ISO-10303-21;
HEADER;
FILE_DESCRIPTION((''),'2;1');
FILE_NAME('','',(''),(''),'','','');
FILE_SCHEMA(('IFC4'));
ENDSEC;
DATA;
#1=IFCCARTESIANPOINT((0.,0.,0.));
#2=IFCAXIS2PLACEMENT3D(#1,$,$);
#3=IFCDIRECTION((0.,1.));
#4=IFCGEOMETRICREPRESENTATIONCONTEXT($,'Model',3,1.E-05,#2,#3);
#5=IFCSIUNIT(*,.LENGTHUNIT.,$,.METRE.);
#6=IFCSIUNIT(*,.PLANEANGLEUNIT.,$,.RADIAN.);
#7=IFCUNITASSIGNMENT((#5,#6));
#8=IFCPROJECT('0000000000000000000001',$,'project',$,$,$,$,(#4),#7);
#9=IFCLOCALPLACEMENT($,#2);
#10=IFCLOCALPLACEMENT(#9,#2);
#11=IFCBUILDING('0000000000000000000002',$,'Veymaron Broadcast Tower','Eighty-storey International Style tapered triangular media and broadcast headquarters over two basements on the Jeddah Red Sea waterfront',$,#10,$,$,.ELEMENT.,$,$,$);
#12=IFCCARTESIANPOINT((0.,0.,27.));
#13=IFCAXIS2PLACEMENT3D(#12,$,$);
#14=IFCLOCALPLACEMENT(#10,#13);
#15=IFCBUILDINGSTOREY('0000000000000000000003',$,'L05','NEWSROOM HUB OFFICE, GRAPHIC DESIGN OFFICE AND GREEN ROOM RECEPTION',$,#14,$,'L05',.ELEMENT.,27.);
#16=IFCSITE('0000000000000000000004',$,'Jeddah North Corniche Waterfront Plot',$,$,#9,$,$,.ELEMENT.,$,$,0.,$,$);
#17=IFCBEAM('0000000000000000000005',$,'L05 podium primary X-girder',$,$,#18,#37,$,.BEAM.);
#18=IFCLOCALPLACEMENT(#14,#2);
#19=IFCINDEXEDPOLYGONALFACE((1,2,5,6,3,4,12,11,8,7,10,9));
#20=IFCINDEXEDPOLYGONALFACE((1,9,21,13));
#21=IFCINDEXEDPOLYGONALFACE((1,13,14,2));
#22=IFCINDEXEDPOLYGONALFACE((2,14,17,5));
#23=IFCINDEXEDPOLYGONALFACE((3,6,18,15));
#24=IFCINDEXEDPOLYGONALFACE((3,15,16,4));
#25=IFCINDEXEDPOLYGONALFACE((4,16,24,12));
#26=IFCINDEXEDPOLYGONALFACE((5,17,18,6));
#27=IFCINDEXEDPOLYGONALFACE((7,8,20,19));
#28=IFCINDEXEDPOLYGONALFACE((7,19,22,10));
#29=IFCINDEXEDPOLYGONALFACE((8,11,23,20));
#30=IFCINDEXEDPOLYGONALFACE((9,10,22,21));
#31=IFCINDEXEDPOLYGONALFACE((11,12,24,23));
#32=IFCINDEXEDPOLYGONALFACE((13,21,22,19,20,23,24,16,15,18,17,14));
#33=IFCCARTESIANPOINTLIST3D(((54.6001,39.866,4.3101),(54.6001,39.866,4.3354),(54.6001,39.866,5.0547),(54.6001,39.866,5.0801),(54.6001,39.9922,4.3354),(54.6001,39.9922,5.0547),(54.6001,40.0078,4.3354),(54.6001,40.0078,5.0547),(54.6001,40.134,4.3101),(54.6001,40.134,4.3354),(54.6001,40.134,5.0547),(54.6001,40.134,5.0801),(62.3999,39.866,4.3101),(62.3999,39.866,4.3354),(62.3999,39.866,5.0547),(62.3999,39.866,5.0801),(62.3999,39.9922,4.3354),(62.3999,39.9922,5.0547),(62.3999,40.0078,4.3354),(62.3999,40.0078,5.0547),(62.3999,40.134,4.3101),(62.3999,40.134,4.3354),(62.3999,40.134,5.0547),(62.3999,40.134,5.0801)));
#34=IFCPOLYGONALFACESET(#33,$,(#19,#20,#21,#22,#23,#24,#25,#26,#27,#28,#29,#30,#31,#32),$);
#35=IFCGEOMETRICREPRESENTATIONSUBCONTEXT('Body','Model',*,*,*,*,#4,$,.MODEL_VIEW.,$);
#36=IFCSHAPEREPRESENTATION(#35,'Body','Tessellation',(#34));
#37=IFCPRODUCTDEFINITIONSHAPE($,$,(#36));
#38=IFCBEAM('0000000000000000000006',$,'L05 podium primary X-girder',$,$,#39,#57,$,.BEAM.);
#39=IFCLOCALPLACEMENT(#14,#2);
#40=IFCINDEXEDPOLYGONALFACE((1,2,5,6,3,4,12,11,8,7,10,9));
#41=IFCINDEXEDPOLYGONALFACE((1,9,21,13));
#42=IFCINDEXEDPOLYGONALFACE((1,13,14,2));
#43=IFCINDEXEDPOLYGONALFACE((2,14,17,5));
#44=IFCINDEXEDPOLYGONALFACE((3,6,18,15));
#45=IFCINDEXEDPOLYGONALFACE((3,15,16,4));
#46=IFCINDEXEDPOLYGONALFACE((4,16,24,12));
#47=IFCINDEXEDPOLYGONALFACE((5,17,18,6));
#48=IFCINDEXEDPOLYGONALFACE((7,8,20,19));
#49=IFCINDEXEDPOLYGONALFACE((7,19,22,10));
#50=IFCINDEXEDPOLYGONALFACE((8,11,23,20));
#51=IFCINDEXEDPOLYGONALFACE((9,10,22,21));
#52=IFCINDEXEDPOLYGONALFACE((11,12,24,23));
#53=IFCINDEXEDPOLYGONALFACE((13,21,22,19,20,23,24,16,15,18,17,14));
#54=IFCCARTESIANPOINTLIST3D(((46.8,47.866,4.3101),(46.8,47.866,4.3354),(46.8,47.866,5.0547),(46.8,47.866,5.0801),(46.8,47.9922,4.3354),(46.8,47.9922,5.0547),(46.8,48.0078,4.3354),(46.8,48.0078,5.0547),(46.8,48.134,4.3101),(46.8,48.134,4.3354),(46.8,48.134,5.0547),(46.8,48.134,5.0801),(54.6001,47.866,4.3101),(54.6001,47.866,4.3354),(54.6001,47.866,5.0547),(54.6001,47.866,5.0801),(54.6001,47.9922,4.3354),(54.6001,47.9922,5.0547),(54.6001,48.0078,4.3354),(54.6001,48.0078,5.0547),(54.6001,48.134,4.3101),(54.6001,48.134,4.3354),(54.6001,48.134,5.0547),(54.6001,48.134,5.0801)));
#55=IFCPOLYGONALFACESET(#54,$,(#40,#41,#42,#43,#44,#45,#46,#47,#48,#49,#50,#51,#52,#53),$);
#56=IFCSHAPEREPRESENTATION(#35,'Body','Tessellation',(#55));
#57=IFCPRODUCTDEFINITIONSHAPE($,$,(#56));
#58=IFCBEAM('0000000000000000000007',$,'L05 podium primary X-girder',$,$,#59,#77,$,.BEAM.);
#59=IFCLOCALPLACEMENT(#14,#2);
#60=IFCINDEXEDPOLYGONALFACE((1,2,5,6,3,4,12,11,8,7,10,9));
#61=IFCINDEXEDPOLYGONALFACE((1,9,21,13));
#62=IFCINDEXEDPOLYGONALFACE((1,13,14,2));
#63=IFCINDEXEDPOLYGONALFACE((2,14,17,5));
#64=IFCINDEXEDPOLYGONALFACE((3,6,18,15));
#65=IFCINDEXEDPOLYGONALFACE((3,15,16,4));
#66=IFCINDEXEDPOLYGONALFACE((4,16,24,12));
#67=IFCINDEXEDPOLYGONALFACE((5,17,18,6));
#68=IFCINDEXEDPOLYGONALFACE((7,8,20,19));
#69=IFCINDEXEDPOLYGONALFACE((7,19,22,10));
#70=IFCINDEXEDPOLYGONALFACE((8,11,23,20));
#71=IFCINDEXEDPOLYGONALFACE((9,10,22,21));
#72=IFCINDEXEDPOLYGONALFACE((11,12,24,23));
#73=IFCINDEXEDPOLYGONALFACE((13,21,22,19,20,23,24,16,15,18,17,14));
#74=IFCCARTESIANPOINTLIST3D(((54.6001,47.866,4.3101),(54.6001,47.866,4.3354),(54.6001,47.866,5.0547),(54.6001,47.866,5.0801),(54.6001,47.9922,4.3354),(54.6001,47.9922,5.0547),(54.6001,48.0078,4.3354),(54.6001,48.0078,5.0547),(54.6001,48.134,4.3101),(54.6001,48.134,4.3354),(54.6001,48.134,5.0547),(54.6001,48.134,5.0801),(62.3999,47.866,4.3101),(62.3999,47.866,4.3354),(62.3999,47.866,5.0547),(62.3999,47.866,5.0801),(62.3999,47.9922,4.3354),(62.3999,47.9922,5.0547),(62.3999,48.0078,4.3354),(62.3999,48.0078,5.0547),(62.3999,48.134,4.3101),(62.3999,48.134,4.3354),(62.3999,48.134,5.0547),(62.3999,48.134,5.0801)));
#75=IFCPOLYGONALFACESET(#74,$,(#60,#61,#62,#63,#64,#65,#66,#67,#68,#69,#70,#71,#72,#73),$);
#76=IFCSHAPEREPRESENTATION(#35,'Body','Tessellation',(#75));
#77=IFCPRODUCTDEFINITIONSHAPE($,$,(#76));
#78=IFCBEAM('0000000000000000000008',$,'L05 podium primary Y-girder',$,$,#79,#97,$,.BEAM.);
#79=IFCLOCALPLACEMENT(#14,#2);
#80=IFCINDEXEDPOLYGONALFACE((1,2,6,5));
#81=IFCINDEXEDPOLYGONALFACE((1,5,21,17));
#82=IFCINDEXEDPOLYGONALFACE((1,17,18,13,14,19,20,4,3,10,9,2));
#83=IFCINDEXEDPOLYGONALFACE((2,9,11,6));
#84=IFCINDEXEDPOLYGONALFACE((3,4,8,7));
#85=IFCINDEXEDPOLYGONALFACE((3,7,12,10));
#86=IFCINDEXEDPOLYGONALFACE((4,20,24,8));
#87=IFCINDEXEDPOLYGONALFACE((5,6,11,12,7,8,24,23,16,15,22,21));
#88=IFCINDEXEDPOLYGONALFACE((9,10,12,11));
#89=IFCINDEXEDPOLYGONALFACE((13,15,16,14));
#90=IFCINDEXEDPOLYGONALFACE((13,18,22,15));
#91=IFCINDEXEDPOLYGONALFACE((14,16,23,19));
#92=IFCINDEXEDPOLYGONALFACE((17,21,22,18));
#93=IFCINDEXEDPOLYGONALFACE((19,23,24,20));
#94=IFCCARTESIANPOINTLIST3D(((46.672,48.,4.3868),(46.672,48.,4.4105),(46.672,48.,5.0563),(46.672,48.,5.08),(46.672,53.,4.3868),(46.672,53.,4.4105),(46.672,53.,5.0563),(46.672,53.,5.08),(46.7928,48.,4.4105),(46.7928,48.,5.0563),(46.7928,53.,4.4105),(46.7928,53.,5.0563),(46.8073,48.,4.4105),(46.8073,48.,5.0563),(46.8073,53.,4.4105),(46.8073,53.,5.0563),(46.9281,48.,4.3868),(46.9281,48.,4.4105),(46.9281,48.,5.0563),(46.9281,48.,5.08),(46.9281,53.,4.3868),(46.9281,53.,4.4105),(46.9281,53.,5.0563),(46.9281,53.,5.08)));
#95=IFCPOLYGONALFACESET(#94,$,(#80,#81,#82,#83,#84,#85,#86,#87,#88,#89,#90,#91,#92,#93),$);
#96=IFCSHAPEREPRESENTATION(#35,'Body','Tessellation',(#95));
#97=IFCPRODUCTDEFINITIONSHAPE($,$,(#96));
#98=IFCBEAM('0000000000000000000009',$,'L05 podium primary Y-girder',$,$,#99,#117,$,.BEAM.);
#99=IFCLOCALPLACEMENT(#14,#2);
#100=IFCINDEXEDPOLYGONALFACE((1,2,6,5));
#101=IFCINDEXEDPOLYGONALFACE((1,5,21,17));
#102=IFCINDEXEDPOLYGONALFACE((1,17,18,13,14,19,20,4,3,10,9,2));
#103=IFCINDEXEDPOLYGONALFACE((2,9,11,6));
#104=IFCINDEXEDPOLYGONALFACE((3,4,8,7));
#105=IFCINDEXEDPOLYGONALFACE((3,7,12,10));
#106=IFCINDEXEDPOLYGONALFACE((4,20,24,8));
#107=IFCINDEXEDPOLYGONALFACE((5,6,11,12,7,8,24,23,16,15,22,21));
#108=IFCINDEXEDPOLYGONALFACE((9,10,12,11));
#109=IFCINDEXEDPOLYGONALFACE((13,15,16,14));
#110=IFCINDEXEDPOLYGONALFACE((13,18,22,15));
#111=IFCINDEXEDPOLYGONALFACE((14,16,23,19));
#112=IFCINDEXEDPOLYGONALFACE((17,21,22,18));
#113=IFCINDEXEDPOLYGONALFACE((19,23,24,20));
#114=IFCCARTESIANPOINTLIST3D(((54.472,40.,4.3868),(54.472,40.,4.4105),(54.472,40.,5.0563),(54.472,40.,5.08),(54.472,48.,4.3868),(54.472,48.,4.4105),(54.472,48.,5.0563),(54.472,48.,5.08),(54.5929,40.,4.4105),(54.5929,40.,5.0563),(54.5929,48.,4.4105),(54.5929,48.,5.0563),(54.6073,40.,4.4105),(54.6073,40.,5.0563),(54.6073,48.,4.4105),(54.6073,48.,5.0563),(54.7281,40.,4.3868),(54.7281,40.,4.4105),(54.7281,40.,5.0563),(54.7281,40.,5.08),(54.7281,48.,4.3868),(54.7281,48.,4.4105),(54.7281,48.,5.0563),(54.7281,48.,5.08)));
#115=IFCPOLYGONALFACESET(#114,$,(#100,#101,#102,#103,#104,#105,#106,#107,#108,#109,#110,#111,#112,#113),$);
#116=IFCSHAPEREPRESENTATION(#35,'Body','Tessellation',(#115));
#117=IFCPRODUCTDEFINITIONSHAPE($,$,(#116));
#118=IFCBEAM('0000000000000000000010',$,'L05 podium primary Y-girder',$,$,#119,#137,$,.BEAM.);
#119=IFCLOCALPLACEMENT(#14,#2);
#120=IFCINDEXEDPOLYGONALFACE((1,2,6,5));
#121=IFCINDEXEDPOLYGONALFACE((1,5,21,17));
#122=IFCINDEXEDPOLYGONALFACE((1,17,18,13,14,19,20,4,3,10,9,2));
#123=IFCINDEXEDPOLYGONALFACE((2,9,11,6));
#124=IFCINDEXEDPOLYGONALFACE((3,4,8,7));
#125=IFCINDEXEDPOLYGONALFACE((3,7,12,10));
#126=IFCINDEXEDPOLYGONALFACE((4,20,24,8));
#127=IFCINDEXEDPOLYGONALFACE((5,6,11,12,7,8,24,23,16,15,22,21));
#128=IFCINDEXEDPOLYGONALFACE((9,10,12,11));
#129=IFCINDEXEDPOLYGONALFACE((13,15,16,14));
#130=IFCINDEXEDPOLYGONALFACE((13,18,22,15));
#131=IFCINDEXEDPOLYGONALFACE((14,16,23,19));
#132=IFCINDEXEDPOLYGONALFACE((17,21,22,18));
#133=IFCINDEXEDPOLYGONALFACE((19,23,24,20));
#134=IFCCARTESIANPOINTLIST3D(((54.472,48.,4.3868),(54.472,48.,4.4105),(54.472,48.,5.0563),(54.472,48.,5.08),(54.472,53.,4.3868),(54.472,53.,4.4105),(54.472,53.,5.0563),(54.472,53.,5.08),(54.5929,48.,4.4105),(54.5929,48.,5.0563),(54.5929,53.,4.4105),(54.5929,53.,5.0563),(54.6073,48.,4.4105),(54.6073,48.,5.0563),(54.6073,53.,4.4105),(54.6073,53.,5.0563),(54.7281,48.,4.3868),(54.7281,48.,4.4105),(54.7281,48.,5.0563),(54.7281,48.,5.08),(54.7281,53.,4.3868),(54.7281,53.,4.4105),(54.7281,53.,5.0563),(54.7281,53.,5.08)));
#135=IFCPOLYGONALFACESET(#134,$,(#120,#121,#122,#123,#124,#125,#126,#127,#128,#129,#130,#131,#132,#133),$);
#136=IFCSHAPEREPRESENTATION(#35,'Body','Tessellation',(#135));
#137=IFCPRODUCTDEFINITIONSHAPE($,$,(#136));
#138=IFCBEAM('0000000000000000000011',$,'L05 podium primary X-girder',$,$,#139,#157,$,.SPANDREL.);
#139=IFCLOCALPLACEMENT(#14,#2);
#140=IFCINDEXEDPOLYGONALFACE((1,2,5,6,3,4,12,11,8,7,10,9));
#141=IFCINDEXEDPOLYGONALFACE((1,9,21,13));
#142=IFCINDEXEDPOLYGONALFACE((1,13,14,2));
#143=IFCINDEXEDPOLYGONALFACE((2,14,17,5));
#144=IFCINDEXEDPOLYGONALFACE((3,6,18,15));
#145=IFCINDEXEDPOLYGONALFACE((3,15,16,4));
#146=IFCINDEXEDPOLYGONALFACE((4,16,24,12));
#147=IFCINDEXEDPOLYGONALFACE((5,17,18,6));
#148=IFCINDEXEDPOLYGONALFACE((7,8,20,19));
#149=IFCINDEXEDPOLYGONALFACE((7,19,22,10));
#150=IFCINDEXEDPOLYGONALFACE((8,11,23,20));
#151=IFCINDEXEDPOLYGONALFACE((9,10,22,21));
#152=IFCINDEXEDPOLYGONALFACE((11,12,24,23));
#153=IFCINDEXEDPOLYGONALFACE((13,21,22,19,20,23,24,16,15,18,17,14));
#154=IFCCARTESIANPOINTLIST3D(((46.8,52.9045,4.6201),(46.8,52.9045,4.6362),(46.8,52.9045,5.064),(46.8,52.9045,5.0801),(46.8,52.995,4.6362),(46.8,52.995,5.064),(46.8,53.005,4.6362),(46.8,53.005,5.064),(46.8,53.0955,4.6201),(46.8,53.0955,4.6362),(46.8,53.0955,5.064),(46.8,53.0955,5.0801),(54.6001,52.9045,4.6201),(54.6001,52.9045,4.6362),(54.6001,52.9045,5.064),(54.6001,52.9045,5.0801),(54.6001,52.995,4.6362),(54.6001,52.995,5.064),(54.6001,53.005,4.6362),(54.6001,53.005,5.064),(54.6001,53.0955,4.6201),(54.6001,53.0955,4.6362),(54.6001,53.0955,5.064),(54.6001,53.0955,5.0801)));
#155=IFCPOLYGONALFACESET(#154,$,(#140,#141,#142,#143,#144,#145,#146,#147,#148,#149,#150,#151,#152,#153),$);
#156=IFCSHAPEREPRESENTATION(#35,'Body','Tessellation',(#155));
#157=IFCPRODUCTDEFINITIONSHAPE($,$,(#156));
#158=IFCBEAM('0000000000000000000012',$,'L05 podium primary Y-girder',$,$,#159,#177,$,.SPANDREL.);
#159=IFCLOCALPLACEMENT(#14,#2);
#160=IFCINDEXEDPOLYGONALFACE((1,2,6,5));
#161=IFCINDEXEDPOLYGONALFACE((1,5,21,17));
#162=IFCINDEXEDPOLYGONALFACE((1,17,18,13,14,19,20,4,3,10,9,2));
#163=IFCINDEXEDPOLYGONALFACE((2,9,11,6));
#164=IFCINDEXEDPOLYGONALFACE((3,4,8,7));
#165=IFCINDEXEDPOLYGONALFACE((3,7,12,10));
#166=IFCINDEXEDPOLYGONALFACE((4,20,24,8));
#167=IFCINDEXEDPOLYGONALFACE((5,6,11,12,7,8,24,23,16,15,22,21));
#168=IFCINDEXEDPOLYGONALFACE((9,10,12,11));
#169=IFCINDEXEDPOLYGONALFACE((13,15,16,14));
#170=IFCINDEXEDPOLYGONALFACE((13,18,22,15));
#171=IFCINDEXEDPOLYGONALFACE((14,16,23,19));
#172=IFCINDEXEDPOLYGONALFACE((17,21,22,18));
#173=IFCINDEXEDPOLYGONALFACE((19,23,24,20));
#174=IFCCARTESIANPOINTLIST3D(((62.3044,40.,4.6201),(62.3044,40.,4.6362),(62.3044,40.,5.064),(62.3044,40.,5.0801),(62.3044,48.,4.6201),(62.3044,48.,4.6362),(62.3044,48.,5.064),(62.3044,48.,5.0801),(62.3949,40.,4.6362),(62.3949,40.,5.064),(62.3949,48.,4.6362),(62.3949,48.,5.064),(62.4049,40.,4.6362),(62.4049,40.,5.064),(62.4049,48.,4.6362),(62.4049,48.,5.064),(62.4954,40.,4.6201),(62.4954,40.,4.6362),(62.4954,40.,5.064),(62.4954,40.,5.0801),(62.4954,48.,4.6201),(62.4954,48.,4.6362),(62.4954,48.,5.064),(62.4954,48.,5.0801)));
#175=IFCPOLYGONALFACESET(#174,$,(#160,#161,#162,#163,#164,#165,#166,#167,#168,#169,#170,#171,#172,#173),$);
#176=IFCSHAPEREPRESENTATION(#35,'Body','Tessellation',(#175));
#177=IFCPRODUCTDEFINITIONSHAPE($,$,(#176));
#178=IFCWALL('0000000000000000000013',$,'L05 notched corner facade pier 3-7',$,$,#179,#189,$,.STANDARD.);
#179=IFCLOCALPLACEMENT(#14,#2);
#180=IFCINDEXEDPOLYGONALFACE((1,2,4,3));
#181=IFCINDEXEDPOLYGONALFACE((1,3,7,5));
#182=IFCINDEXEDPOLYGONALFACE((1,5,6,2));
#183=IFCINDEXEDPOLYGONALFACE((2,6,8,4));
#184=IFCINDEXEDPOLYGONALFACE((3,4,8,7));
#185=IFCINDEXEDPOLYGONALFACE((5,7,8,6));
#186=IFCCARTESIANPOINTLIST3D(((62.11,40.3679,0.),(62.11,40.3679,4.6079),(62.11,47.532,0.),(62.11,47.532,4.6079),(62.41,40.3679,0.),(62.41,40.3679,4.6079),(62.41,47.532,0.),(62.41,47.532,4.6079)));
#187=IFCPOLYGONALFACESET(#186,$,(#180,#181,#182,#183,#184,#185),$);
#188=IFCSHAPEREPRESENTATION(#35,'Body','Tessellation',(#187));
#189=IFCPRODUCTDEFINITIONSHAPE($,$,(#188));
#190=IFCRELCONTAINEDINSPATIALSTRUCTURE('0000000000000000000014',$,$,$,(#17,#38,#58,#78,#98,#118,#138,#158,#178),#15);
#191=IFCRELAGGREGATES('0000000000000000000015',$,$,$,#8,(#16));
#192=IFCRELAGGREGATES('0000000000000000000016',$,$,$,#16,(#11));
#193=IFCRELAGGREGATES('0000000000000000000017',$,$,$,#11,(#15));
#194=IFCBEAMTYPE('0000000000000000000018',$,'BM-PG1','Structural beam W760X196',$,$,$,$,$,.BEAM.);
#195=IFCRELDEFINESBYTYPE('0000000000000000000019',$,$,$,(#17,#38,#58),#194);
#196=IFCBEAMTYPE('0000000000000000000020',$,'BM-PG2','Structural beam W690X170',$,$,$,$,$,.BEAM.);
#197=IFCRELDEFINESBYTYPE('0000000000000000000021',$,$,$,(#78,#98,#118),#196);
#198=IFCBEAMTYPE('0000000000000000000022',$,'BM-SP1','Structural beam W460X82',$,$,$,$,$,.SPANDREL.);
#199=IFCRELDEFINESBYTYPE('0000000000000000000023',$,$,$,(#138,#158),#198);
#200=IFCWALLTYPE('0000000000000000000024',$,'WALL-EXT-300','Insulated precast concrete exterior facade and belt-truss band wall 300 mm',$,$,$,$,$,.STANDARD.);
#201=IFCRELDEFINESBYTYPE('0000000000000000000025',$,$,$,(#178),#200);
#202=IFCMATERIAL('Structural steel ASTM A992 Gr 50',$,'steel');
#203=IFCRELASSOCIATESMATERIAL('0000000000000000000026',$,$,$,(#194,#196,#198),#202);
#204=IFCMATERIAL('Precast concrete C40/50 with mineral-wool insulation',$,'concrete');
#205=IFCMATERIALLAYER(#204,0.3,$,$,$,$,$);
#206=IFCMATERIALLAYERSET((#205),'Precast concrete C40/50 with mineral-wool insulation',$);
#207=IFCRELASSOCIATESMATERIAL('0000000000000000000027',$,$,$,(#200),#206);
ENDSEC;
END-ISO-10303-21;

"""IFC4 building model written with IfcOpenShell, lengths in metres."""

from ifc_helpers import new_model, si_unit, direction, frame, frame_2d, origin, origin_2d, place, context, subcontext, project, spatial, rectangle, i_section, extrude, material, layer, layer_set, material_profile, profile_set, type_object, element, save


model = new_model("IFC4")

# Units and contexts
model_context = context("Model", 3, precision=1e-05, world=origin(), true_north=direction((0.0, 1.0)))
body_context = subcontext(model_context, "Body", "Model", "MODEL_VIEW")
ifc_project = project(units=[si_unit("LENGTHUNIT", "METRE"), si_unit("PLANEANGLEUNIT", "RADIAN")], contexts=[model_context])

# Site, building, storey
site_placement = place(None, origin())
site = spatial("IfcSite", under=ifc_project, at=site_placement, Name="Jeddah North Corniche Waterfront Plot", CompositionType="ELEMENT", RefElevation=0.0)
building_placement = place(site_placement, origin())
building = spatial("IfcBuilding", under=site, at=building_placement, Name="Veymaron Broadcast Tower", Description="Eighty-storey International Style tapered triangular media and broadcast headquarters over two basements on the Jeddah Red Sea waterfront", CompositionType="ELEMENT")
storey_placement = place(building_placement, frame((0.0, 0.0, 27.0)))
storey = spatial("IfcBuildingStorey", under=building, at=storey_placement, Name="L05", Description="NEWSROOM HUB OFFICE, GRAPHIC DESIGN OFFICE AND GREEN ROOM RECEPTION", LongName="L05", CompositionType="ELEMENT", Elevation=27.0)

# Beams
ifc_material_1 = material(Name="Structural steel ASTM A992 Gr 50", Category="steel")
ifc_material_profile_1 = material_profile(ifc_material_1, i_section(OverallWidth=0.2681, OverallDepth=0.77, WebThickness=0.0156, FlangeThickness=0.0254, at=origin_2d()), Name="W760X196")
ifc_profile_set_1 = profile_set([ifc_material_profile_1], Name="Structural steel ASTM A992 Gr 50")
beam_type_1 = type_object("IfcBeamType", Name="BM-PG1", Description="Structural beam W760X196", PredefinedType="BEAM", material=ifc_profile_set_1)
beam_1_placement = place(storey_placement, frame((54.6001, 40.0, 4.6951), z_axis=(1.0, 0.0, 0.0), x_axis=(0.0, 1.0, 0.0)))
element("IfcBeam", 1, at=beam_1_placement, inside=storey, type_object=beam_type_1, Name="L05 podium primary X-girder", PredefinedType="BEAM", context=body_context, shape_type="SweptSolid", body=[
    extrude(i_section(OverallWidth=0.2681, OverallDepth=0.77, WebThickness=0.0156, FlangeThickness=0.0254, at=origin_2d()), origin(), (0.0, 0.0, 1.0), 7.7998),
])
beam_2_placement = place(storey_placement, frame((46.8, 48.0, 4.6951), z_axis=(1.0, 0.0, 0.0), x_axis=(0.0, 1.0, 0.0)))
element("IfcBeam", 2, at=beam_2_placement, inside=storey, type_object=beam_type_1, Name="L05 podium primary X-girder", PredefinedType="BEAM", context=body_context, shape_type="SweptSolid", body=[
    extrude(i_section(OverallWidth=0.2681, OverallDepth=0.77, WebThickness=0.0156, FlangeThickness=0.0254, at=origin_2d()), origin(), (0.0, 0.0, 1.0), 7.8),
])
beam_3_placement = place(storey_placement, frame((54.6001, 48.0, 4.6951), z_axis=(1.0, 0.0, 0.0), x_axis=(0.0, 1.0, 0.0)))
element("IfcBeam", 3, at=beam_3_placement, inside=storey, type_object=beam_type_1, Name="L05 podium primary X-girder", PredefinedType="BEAM", context=body_context, shape_type="SweptSolid", body=[
    extrude(i_section(OverallWidth=0.2681, OverallDepth=0.77, WebThickness=0.0156, FlangeThickness=0.0254, at=origin_2d()), origin(), (0.0, 0.0, 1.0), 7.7998),
])
ifc_material_profile_2 = material_profile(ifc_material_1, i_section(OverallWidth=0.2561, OverallDepth=0.6931, WebThickness=0.0144, FlangeThickness=0.0237, at=origin_2d()), Name="W690X170")
ifc_profile_set_2 = profile_set([ifc_material_profile_2], Name="Structural steel ASTM A992 Gr 50")
beam_type_2 = type_object("IfcBeamType", Name="BM-PG2", Description="Structural beam W690X170", PredefinedType="BEAM", material=ifc_profile_set_2)
beam_4_placement = place(storey_placement, frame((46.8, 48.0, 4.7334), z_axis=(0.0, 1.0, 0.0), x_axis=(-1.0, 0.0, 0.0)))
element("IfcBeam", 4, at=beam_4_placement, inside=storey, type_object=beam_type_2, Name="L05 podium primary Y-girder", PredefinedType="BEAM", context=body_context, shape_type="SweptSolid", body=[
    extrude(i_section(OverallWidth=0.2561, OverallDepth=0.6931, WebThickness=0.0144, FlangeThickness=0.0237, at=origin_2d()), origin(), (0.0, 0.0, 1.0), 5.0),
])
beam_5_placement = place(storey_placement, frame((54.6001, 40.0, 4.7334), z_axis=(0.0, 1.0, 0.0), x_axis=(-1.0, 0.0, 0.0)))
element("IfcBeam", 5, at=beam_5_placement, inside=storey, type_object=beam_type_2, Name="L05 podium primary Y-girder", PredefinedType="BEAM", context=body_context, shape_type="SweptSolid", body=[
    extrude(i_section(OverallWidth=0.2561, OverallDepth=0.6931, WebThickness=0.0144, FlangeThickness=0.0237, at=origin_2d()), origin(), (0.0, 0.0, 1.0), 8.0),
])
beam_6_placement = place(storey_placement, frame((54.6001, 48.0, 4.7334), z_axis=(0.0, 1.0, 0.0), x_axis=(-1.0, 0.0, 0.0)))
element("IfcBeam", 6, at=beam_6_placement, inside=storey, type_object=beam_type_2, Name="L05 podium primary Y-girder", PredefinedType="BEAM", context=body_context, shape_type="SweptSolid", body=[
    extrude(i_section(OverallWidth=0.2561, OverallDepth=0.6931, WebThickness=0.0144, FlangeThickness=0.0237, at=origin_2d()), origin(), (0.0, 0.0, 1.0), 5.0),
])
ifc_material_profile_3 = material_profile(ifc_material_1, i_section(OverallWidth=0.1909, OverallDepth=0.46, WebThickness=0.01, FlangeThickness=0.0161, at=origin_2d()), Name="W460X82")
ifc_profile_set_3 = profile_set([ifc_material_profile_3], Name="Structural steel ASTM A992 Gr 50")
beam_type_3 = type_object("IfcBeamType", Name="BM-SP1", Description="Structural beam W460X82", PredefinedType="SPANDREL", material=ifc_profile_set_3)
beam_7_placement = place(storey_placement, frame((46.8, 53.0, 4.8501), z_axis=(1.0, 0.0, 0.0), x_axis=(0.0, 1.0, 0.0)))
element("IfcBeam", 7, at=beam_7_placement, inside=storey, type_object=beam_type_3, Name="L05 podium primary X-girder", PredefinedType="SPANDREL", context=body_context, shape_type="SweptSolid", body=[
    extrude(i_section(OverallWidth=0.1909, OverallDepth=0.46, WebThickness=0.01, FlangeThickness=0.0161, at=origin_2d()), origin(), (0.0, 0.0, 1.0), 7.8),
])
beam_8_placement = place(storey_placement, frame((62.3999, 40.0, 4.8501), z_axis=(0.0, 1.0, 0.0), x_axis=(-1.0, 0.0, 0.0)))
element("IfcBeam", 8, at=beam_8_placement, inside=storey, type_object=beam_type_3, Name="L05 podium primary Y-girder", PredefinedType="SPANDREL", context=body_context, shape_type="SweptSolid", body=[
    extrude(i_section(OverallWidth=0.1909, OverallDepth=0.46, WebThickness=0.01, FlangeThickness=0.0161, at=origin_2d()), origin(), (0.0, 0.0, 1.0), 8.0),
])

# Wall
ifc_material_2 = material(Name="Precast concrete C40/50 with mineral-wool insulation", Category="concrete")
ifc_layer_1 = layer(ifc_material_2, 0.3)
ifc_layer_set_1 = layer_set([ifc_layer_1], Name="Precast concrete C40/50 with mineral-wool insulation")
wall_type_1 = type_object("IfcWallType", Name="WALL-EXT-300", Description="Insulated precast concrete exterior facade and belt-truss band wall 300 mm", PredefinedType="STANDARD", material=ifc_layer_set_1)
wall_1_placement = place(storey_placement, frame((62.26, 40.3679, 0.0), z_axis=(0.0, 0.0, 1.0), x_axis=(0.0, 1.0, 0.0)))
element("IfcWall", 9, at=wall_1_placement, inside=storey, type_object=wall_type_1, Name="L05 notched corner facade pier 3-7", PredefinedType="STANDARD", context=body_context, shape_type="SweptSolid", body=[
    extrude(rectangle(XDim=7.1641, YDim=0.3, at=frame_2d((3.582, 0.0))), origin(), (0.0, 0.0, 1.0), 4.6079),
])

save(model, "model.ifc")
